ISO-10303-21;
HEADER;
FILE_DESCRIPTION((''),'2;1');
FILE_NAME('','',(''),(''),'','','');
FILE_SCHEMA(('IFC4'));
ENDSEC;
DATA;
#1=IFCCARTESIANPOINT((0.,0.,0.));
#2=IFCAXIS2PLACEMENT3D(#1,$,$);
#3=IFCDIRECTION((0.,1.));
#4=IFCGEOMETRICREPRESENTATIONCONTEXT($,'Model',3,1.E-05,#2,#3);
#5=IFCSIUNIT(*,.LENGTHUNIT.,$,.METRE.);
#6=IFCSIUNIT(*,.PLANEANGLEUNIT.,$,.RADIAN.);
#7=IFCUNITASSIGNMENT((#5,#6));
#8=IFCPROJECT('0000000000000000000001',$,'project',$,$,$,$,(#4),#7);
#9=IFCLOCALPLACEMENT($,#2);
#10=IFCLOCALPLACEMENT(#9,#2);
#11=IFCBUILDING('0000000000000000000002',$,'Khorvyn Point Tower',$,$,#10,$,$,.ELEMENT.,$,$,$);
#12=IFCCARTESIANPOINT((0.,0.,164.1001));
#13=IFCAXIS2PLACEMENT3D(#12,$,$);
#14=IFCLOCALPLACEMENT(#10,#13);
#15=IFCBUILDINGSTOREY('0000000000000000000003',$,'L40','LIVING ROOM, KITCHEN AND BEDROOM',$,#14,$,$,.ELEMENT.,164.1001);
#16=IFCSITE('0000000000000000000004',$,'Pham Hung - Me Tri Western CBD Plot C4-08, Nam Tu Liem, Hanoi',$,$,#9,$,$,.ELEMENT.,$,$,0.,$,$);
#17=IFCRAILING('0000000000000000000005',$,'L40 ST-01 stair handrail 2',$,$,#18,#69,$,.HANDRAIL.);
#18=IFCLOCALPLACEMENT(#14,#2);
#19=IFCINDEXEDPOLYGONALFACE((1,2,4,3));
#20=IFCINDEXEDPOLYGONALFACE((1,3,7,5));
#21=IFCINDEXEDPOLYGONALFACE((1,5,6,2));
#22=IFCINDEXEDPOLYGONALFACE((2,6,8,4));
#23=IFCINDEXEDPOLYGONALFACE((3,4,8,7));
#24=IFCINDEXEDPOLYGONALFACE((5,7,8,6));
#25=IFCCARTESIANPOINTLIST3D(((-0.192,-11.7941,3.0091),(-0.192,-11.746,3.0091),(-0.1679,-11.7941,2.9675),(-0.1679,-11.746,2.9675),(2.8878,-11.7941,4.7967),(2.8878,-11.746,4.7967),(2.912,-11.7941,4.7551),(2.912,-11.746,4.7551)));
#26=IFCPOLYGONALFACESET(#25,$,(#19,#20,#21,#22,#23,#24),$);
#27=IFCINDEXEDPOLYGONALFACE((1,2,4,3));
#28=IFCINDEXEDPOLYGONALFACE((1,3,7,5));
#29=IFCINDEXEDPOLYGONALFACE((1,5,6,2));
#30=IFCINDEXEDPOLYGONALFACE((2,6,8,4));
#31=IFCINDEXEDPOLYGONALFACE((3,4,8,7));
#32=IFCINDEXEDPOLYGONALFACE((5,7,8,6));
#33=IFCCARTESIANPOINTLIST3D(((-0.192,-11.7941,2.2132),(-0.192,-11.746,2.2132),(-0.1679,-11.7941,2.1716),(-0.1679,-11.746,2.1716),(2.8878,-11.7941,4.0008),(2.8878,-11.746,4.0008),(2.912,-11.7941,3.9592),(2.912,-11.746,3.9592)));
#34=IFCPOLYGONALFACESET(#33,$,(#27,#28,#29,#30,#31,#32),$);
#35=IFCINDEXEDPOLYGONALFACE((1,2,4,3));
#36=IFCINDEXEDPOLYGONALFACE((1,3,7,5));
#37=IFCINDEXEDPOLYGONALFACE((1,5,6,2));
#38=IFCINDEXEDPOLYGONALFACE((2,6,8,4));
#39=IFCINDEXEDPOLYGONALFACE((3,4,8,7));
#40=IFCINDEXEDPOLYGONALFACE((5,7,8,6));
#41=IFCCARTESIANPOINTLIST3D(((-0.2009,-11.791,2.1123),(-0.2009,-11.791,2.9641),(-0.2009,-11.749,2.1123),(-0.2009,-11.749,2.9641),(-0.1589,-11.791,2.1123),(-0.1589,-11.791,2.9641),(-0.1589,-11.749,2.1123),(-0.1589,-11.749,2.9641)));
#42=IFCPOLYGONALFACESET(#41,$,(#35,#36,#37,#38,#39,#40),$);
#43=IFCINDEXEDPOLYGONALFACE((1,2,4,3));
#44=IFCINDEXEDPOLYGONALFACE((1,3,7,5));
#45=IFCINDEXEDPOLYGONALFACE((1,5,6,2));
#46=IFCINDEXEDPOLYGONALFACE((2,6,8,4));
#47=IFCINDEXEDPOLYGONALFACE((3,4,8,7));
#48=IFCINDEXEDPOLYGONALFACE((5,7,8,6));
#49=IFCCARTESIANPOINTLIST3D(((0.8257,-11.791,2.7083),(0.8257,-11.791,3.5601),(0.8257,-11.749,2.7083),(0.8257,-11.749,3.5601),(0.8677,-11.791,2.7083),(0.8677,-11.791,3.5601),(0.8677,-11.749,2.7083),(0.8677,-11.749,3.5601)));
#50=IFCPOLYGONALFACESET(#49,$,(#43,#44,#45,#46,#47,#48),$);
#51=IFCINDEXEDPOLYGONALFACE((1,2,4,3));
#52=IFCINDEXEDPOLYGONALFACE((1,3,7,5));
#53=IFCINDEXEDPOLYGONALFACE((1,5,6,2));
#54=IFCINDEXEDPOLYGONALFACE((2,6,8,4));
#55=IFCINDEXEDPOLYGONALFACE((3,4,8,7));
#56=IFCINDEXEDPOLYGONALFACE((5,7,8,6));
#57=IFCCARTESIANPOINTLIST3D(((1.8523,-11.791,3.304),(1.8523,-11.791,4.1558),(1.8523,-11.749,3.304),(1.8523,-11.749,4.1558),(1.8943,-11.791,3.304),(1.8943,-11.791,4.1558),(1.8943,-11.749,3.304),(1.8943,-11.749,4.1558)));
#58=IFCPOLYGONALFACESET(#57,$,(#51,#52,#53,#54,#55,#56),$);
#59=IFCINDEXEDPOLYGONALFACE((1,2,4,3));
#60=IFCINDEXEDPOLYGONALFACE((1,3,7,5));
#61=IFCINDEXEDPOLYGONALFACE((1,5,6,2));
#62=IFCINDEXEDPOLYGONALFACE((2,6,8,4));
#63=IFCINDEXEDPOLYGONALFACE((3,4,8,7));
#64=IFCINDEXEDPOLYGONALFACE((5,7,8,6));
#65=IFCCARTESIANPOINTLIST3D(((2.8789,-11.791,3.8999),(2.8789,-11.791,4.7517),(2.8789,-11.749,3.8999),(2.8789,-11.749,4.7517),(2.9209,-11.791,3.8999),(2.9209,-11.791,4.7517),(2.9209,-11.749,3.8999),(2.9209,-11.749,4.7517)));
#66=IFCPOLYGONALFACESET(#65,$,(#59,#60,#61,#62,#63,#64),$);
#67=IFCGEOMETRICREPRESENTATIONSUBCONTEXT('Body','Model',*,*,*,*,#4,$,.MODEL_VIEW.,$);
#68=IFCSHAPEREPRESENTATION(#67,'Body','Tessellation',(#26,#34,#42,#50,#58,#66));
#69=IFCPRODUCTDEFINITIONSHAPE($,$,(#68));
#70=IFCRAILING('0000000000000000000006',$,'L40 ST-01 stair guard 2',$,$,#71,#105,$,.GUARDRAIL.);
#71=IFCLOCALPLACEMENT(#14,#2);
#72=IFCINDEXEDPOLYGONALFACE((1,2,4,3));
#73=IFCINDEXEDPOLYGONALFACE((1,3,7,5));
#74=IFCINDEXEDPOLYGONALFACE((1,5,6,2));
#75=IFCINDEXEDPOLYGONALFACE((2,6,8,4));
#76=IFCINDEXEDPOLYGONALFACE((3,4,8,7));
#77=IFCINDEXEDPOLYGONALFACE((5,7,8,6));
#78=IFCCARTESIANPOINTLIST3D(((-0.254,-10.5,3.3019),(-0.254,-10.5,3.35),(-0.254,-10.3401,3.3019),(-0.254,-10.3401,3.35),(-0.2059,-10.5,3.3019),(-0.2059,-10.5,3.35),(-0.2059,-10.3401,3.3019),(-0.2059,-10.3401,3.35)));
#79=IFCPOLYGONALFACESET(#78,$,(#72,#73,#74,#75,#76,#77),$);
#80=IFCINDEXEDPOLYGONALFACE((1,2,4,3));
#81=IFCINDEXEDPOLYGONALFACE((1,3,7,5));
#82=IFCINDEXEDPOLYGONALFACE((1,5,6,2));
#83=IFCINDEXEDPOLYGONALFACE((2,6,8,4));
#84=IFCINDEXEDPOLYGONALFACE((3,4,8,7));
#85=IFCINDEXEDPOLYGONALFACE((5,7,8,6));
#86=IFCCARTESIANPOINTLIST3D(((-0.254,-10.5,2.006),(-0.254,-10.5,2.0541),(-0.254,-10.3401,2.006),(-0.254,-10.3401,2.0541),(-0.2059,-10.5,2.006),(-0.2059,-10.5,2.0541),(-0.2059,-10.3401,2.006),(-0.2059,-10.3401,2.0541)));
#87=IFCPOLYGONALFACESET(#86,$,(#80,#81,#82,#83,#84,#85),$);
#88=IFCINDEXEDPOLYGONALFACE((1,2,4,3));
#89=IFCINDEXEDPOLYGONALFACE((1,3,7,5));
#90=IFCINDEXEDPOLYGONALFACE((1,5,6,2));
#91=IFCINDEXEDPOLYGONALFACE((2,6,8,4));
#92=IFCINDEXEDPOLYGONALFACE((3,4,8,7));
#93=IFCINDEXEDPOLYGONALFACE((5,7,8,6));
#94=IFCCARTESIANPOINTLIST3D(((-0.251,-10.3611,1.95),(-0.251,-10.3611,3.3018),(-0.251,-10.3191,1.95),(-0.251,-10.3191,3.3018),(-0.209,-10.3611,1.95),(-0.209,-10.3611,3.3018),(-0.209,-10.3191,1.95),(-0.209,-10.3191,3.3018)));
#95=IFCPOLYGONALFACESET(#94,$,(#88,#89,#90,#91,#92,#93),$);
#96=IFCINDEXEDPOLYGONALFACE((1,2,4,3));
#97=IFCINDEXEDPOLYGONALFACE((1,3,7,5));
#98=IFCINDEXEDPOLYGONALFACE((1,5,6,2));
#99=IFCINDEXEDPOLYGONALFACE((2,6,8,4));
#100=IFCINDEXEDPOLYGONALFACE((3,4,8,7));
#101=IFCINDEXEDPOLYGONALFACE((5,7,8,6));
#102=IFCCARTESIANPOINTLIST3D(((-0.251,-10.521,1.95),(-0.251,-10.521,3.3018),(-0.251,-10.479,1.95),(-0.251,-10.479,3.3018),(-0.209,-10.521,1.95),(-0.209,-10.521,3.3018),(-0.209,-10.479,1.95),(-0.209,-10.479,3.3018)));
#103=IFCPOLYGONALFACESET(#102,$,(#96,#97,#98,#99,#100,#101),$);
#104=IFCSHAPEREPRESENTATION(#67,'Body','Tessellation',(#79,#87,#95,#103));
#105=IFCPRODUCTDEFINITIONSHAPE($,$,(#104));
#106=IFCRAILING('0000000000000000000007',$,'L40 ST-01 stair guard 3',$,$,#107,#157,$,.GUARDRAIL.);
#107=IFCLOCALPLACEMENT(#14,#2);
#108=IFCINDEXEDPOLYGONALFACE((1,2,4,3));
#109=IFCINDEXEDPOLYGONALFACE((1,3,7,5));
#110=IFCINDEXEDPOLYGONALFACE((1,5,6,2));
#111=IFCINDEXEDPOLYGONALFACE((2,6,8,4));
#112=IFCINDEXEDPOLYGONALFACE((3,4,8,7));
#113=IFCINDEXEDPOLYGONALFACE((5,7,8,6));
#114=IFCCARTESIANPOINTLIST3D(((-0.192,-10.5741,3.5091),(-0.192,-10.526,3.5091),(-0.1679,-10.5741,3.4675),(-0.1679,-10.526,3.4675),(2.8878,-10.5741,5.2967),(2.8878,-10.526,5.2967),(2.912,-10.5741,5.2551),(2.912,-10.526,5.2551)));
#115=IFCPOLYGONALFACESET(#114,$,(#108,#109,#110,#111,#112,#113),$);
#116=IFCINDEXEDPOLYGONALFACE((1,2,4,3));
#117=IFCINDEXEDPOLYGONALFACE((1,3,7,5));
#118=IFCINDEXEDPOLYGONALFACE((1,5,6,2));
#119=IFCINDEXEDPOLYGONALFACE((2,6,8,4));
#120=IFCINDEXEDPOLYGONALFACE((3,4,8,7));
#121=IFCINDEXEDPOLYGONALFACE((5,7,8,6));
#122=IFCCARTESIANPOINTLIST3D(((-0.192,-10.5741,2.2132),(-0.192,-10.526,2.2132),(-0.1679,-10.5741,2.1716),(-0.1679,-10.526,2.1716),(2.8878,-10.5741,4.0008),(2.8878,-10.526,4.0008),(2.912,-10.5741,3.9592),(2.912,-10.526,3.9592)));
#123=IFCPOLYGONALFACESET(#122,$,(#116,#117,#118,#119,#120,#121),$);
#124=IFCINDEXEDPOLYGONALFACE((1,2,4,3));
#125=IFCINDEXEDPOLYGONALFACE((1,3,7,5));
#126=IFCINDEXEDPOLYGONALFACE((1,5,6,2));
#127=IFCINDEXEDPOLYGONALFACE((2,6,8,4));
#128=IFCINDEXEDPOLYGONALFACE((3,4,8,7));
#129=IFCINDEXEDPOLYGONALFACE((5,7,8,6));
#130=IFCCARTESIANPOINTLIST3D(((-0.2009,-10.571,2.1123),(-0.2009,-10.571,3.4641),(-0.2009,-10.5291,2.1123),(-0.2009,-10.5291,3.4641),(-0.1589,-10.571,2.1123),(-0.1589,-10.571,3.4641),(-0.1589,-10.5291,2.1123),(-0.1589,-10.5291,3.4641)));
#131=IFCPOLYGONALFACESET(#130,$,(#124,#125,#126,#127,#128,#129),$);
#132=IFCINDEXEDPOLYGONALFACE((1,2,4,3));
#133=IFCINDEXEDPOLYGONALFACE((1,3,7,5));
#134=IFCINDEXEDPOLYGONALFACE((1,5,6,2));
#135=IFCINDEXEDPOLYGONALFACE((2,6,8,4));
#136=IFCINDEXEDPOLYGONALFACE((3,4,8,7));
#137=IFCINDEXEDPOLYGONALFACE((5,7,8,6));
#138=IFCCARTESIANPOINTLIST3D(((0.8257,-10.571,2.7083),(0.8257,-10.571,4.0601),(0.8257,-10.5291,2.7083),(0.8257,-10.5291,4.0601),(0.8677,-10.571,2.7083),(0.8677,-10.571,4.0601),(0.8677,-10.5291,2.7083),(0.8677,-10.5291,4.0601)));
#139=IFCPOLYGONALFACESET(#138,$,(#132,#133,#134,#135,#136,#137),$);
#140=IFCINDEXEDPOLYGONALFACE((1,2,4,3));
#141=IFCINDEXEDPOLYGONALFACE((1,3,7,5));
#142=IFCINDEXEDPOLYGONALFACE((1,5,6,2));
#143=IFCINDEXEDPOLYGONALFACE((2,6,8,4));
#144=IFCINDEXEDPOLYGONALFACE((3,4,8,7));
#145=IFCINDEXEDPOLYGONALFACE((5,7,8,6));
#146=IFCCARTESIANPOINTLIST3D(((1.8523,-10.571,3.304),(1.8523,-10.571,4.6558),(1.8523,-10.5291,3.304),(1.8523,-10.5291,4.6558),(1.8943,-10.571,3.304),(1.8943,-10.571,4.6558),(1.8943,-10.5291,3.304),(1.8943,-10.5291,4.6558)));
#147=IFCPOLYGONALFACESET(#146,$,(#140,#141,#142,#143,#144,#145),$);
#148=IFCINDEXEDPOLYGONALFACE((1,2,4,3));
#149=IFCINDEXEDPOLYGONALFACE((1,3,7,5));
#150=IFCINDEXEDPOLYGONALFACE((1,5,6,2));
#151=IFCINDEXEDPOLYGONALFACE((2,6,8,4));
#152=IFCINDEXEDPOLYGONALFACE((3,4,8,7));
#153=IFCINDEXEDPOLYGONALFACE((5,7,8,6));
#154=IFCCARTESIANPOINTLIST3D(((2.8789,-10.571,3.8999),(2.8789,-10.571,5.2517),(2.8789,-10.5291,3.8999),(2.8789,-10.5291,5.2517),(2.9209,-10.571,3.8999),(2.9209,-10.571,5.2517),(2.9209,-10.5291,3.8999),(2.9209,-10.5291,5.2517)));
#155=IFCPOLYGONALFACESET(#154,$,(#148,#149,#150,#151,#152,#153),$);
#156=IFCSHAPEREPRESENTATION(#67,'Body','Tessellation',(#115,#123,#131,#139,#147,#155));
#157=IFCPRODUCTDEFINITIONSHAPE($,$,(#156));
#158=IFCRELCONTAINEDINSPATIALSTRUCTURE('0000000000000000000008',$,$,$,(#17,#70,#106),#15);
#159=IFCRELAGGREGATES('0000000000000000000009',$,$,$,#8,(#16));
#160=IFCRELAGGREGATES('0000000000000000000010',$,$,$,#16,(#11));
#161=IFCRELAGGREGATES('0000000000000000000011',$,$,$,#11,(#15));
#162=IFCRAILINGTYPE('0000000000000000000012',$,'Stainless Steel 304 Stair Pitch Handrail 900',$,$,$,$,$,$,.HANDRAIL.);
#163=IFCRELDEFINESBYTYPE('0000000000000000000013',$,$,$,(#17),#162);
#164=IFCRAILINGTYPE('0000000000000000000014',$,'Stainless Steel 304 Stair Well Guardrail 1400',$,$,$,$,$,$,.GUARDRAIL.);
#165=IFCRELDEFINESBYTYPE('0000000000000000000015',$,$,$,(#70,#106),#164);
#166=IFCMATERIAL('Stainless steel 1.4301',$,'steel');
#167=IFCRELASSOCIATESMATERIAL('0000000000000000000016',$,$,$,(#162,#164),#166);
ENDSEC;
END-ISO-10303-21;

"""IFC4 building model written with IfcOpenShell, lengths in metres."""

from ifc_helpers import new_model, si_unit, direction, frame, origin, origin_2d, place, context, subcontext, project, spatial, rectangle, extrude, material, type_object, element, save


model = new_model("IFC4")

# Units and contexts
model_context = context("Model", 3, precision=1e-05, world=origin(), true_north=direction((0.0, 1.0)))
body_context = subcontext(model_context, "Body", "Model", "MODEL_VIEW")
ifc_project = project(units=[si_unit("LENGTHUNIT", "METRE"), si_unit("PLANEANGLEUNIT", "RADIAN")], contexts=[model_context])

# Site, building, storey
site_placement = place(None, origin())
site = spatial("IfcSite", under=ifc_project, at=site_placement, Name="Pham Hung - Me Tri Western CBD Plot C4-08, Nam Tu Liem, Hanoi", CompositionType="ELEMENT", RefElevation=0.0)
building_placement = place(site_placement, origin())
building = spatial("IfcBuilding", under=site, at=building_placement, Name="Khorvyn Point Tower", CompositionType="ELEMENT")
storey_placement = place(building_placement, frame((0.0, 0.0, 164.1001)))
storey = spatial("IfcBuildingStorey", under=building, at=storey_placement, Name="L40", Description="LIVING ROOM, KITCHEN AND BEDROOM", CompositionType="ELEMENT", Elevation=164.1001)

# Railings
ifc_material_1 = material(Name="Stainless steel 1.4301", Category="steel")
railing_type_1 = type_object("IfcRailingType", Name="Stainless Steel 304 Stair Pitch Handrail 900", PredefinedType="HANDRAIL", material=ifc_material_1)
railing_1_placement = place(storey_placement, frame((-0.1799, -11.77, 2.1123)))
element("IfcRailing", 1, at=railing_1_placement, inside=storey, type_object=railing_type_1, Name="L40 ST-01 stair handrail 2", PredefinedType="HANDRAIL", context=body_context, shape_type="SweptSolid", body=[
    extrude(rectangle(XDim=0.0481, YDim=0.0481, at=origin_2d()), frame((0.0, 0.0, 0.876), z_axis=(0.864873, 0.0, 0.50199), x_axis=(0.0, 1.0, 0.0)), (0.0, 0.0, 1.0), 3.561),
    extrude(rectangle(XDim=0.0481, YDim=0.0481, at=origin_2d()), frame((0.0, 0.0, 0.0801), z_axis=(0.864873, 0.0, 0.50199), x_axis=(0.0, 1.0, 0.0)), (0.0, 0.0, 1.0), 3.561),
    extrude(rectangle(XDim=0.042, YDim=0.042, at=origin_2d()), origin(), (0.0, 0.0, 1.0), 0.8518),
    extrude(rectangle(XDim=0.042, YDim=0.042, at=origin_2d()), frame((1.0266, 0.0, 0.5959)), (0.0, 0.0, 1.0), 0.8518),
    extrude(rectangle(XDim=0.042, YDim=0.042, at=origin_2d()), frame((2.0532, 0.0, 1.1917)), (0.0, 0.0, 1.0), 0.8518),
    extrude(rectangle(XDim=0.042, YDim=0.042, at=origin_2d()), frame((3.0798, 0.0, 1.7876)), (0.0, 0.0, 1.0), 0.8518),
])
railing_type_2 = type_object("IfcRailingType", Name="Stainless Steel 304 Stair Well Guardrail 1400", PredefinedType="GUARDRAIL", material=ifc_material_1)
railing_2_placement = place(storey_placement, frame((-0.23, -10.3401, 1.95)))
element("IfcRailing", 2, at=railing_2_placement, inside=storey, type_object=railing_type_2, Name="L40 ST-01 stair guard 2", PredefinedType="GUARDRAIL", context=body_context, shape_type="SweptSolid", body=[
    extrude(rectangle(XDim=0.0481, YDim=0.0481, at=origin_2d()), frame((0.0, 0.0, 1.376), z_axis=(0.0, -1.0, 0.0), x_axis=(1.0, 0.0, 0.0)), (0.0, 0.0, 1.0), 0.1599),
    extrude(rectangle(XDim=0.0481, YDim=0.0481, at=origin_2d()), frame((0.0, 0.0, 0.0801), z_axis=(0.0, -1.0, 0.0), x_axis=(1.0, 0.0, 0.0)), (0.0, 0.0, 1.0), 0.1599),
    extrude(rectangle(XDim=0.042, YDim=0.042, at=origin_2d()), origin(), (0.0, 0.0, 1.0), 1.3518),
    extrude(rectangle(XDim=0.042, YDim=0.042, at=origin_2d()), frame((0.0, -0.1599, 0.0)), (0.0, 0.0, 1.0), 1.3518),
])
railing_3_placement = place(storey_placement, frame((-0.1799, -10.55, 2.1123)))
element("IfcRailing", 3, at=railing_3_placement, inside=storey, type_object=railing_type_2, Name="L40 ST-01 stair guard 3", PredefinedType="GUARDRAIL", context=body_context, shape_type="SweptSolid", body=[
    extrude(rectangle(XDim=0.0481, YDim=0.0481, at=origin_2d()), frame((0.0, 0.0, 1.376), z_axis=(0.864873, 0.0, 0.50199), x_axis=(0.0, 1.0, 0.0)), (0.0, 0.0, 1.0), 3.561),
    extrude(rectangle(XDim=0.0481, YDim=0.0481, at=origin_2d()), frame((0.0, 0.0, 0.0801), z_axis=(0.864873, 0.0, 0.50199), x_axis=(0.0, 1.0, 0.0)), (0.0, 0.0, 1.0), 3.561),
    extrude(rectangle(XDim=0.042, YDim=0.042, at=origin_2d()), origin(), (0.0, 0.0, 1.0), 1.3518),
    extrude(rectangle(XDim=0.042, YDim=0.042, at=origin_2d()), frame((1.0266, 0.0, 0.5959)), (0.0, 0.0, 1.0), 1.3518),
    extrude(rectangle(XDim=0.042, YDim=0.042, at=origin_2d()), frame((2.0532, 0.0, 1.1917)), (0.0, 0.0, 1.0), 1.3518),
    extrude(rectangle(XDim=0.042, YDim=0.042, at=origin_2d()), frame((3.0798, 0.0, 1.7876)), (0.0, 0.0, 1.0), 1.3518),
])

save(model, "model.ifc")
